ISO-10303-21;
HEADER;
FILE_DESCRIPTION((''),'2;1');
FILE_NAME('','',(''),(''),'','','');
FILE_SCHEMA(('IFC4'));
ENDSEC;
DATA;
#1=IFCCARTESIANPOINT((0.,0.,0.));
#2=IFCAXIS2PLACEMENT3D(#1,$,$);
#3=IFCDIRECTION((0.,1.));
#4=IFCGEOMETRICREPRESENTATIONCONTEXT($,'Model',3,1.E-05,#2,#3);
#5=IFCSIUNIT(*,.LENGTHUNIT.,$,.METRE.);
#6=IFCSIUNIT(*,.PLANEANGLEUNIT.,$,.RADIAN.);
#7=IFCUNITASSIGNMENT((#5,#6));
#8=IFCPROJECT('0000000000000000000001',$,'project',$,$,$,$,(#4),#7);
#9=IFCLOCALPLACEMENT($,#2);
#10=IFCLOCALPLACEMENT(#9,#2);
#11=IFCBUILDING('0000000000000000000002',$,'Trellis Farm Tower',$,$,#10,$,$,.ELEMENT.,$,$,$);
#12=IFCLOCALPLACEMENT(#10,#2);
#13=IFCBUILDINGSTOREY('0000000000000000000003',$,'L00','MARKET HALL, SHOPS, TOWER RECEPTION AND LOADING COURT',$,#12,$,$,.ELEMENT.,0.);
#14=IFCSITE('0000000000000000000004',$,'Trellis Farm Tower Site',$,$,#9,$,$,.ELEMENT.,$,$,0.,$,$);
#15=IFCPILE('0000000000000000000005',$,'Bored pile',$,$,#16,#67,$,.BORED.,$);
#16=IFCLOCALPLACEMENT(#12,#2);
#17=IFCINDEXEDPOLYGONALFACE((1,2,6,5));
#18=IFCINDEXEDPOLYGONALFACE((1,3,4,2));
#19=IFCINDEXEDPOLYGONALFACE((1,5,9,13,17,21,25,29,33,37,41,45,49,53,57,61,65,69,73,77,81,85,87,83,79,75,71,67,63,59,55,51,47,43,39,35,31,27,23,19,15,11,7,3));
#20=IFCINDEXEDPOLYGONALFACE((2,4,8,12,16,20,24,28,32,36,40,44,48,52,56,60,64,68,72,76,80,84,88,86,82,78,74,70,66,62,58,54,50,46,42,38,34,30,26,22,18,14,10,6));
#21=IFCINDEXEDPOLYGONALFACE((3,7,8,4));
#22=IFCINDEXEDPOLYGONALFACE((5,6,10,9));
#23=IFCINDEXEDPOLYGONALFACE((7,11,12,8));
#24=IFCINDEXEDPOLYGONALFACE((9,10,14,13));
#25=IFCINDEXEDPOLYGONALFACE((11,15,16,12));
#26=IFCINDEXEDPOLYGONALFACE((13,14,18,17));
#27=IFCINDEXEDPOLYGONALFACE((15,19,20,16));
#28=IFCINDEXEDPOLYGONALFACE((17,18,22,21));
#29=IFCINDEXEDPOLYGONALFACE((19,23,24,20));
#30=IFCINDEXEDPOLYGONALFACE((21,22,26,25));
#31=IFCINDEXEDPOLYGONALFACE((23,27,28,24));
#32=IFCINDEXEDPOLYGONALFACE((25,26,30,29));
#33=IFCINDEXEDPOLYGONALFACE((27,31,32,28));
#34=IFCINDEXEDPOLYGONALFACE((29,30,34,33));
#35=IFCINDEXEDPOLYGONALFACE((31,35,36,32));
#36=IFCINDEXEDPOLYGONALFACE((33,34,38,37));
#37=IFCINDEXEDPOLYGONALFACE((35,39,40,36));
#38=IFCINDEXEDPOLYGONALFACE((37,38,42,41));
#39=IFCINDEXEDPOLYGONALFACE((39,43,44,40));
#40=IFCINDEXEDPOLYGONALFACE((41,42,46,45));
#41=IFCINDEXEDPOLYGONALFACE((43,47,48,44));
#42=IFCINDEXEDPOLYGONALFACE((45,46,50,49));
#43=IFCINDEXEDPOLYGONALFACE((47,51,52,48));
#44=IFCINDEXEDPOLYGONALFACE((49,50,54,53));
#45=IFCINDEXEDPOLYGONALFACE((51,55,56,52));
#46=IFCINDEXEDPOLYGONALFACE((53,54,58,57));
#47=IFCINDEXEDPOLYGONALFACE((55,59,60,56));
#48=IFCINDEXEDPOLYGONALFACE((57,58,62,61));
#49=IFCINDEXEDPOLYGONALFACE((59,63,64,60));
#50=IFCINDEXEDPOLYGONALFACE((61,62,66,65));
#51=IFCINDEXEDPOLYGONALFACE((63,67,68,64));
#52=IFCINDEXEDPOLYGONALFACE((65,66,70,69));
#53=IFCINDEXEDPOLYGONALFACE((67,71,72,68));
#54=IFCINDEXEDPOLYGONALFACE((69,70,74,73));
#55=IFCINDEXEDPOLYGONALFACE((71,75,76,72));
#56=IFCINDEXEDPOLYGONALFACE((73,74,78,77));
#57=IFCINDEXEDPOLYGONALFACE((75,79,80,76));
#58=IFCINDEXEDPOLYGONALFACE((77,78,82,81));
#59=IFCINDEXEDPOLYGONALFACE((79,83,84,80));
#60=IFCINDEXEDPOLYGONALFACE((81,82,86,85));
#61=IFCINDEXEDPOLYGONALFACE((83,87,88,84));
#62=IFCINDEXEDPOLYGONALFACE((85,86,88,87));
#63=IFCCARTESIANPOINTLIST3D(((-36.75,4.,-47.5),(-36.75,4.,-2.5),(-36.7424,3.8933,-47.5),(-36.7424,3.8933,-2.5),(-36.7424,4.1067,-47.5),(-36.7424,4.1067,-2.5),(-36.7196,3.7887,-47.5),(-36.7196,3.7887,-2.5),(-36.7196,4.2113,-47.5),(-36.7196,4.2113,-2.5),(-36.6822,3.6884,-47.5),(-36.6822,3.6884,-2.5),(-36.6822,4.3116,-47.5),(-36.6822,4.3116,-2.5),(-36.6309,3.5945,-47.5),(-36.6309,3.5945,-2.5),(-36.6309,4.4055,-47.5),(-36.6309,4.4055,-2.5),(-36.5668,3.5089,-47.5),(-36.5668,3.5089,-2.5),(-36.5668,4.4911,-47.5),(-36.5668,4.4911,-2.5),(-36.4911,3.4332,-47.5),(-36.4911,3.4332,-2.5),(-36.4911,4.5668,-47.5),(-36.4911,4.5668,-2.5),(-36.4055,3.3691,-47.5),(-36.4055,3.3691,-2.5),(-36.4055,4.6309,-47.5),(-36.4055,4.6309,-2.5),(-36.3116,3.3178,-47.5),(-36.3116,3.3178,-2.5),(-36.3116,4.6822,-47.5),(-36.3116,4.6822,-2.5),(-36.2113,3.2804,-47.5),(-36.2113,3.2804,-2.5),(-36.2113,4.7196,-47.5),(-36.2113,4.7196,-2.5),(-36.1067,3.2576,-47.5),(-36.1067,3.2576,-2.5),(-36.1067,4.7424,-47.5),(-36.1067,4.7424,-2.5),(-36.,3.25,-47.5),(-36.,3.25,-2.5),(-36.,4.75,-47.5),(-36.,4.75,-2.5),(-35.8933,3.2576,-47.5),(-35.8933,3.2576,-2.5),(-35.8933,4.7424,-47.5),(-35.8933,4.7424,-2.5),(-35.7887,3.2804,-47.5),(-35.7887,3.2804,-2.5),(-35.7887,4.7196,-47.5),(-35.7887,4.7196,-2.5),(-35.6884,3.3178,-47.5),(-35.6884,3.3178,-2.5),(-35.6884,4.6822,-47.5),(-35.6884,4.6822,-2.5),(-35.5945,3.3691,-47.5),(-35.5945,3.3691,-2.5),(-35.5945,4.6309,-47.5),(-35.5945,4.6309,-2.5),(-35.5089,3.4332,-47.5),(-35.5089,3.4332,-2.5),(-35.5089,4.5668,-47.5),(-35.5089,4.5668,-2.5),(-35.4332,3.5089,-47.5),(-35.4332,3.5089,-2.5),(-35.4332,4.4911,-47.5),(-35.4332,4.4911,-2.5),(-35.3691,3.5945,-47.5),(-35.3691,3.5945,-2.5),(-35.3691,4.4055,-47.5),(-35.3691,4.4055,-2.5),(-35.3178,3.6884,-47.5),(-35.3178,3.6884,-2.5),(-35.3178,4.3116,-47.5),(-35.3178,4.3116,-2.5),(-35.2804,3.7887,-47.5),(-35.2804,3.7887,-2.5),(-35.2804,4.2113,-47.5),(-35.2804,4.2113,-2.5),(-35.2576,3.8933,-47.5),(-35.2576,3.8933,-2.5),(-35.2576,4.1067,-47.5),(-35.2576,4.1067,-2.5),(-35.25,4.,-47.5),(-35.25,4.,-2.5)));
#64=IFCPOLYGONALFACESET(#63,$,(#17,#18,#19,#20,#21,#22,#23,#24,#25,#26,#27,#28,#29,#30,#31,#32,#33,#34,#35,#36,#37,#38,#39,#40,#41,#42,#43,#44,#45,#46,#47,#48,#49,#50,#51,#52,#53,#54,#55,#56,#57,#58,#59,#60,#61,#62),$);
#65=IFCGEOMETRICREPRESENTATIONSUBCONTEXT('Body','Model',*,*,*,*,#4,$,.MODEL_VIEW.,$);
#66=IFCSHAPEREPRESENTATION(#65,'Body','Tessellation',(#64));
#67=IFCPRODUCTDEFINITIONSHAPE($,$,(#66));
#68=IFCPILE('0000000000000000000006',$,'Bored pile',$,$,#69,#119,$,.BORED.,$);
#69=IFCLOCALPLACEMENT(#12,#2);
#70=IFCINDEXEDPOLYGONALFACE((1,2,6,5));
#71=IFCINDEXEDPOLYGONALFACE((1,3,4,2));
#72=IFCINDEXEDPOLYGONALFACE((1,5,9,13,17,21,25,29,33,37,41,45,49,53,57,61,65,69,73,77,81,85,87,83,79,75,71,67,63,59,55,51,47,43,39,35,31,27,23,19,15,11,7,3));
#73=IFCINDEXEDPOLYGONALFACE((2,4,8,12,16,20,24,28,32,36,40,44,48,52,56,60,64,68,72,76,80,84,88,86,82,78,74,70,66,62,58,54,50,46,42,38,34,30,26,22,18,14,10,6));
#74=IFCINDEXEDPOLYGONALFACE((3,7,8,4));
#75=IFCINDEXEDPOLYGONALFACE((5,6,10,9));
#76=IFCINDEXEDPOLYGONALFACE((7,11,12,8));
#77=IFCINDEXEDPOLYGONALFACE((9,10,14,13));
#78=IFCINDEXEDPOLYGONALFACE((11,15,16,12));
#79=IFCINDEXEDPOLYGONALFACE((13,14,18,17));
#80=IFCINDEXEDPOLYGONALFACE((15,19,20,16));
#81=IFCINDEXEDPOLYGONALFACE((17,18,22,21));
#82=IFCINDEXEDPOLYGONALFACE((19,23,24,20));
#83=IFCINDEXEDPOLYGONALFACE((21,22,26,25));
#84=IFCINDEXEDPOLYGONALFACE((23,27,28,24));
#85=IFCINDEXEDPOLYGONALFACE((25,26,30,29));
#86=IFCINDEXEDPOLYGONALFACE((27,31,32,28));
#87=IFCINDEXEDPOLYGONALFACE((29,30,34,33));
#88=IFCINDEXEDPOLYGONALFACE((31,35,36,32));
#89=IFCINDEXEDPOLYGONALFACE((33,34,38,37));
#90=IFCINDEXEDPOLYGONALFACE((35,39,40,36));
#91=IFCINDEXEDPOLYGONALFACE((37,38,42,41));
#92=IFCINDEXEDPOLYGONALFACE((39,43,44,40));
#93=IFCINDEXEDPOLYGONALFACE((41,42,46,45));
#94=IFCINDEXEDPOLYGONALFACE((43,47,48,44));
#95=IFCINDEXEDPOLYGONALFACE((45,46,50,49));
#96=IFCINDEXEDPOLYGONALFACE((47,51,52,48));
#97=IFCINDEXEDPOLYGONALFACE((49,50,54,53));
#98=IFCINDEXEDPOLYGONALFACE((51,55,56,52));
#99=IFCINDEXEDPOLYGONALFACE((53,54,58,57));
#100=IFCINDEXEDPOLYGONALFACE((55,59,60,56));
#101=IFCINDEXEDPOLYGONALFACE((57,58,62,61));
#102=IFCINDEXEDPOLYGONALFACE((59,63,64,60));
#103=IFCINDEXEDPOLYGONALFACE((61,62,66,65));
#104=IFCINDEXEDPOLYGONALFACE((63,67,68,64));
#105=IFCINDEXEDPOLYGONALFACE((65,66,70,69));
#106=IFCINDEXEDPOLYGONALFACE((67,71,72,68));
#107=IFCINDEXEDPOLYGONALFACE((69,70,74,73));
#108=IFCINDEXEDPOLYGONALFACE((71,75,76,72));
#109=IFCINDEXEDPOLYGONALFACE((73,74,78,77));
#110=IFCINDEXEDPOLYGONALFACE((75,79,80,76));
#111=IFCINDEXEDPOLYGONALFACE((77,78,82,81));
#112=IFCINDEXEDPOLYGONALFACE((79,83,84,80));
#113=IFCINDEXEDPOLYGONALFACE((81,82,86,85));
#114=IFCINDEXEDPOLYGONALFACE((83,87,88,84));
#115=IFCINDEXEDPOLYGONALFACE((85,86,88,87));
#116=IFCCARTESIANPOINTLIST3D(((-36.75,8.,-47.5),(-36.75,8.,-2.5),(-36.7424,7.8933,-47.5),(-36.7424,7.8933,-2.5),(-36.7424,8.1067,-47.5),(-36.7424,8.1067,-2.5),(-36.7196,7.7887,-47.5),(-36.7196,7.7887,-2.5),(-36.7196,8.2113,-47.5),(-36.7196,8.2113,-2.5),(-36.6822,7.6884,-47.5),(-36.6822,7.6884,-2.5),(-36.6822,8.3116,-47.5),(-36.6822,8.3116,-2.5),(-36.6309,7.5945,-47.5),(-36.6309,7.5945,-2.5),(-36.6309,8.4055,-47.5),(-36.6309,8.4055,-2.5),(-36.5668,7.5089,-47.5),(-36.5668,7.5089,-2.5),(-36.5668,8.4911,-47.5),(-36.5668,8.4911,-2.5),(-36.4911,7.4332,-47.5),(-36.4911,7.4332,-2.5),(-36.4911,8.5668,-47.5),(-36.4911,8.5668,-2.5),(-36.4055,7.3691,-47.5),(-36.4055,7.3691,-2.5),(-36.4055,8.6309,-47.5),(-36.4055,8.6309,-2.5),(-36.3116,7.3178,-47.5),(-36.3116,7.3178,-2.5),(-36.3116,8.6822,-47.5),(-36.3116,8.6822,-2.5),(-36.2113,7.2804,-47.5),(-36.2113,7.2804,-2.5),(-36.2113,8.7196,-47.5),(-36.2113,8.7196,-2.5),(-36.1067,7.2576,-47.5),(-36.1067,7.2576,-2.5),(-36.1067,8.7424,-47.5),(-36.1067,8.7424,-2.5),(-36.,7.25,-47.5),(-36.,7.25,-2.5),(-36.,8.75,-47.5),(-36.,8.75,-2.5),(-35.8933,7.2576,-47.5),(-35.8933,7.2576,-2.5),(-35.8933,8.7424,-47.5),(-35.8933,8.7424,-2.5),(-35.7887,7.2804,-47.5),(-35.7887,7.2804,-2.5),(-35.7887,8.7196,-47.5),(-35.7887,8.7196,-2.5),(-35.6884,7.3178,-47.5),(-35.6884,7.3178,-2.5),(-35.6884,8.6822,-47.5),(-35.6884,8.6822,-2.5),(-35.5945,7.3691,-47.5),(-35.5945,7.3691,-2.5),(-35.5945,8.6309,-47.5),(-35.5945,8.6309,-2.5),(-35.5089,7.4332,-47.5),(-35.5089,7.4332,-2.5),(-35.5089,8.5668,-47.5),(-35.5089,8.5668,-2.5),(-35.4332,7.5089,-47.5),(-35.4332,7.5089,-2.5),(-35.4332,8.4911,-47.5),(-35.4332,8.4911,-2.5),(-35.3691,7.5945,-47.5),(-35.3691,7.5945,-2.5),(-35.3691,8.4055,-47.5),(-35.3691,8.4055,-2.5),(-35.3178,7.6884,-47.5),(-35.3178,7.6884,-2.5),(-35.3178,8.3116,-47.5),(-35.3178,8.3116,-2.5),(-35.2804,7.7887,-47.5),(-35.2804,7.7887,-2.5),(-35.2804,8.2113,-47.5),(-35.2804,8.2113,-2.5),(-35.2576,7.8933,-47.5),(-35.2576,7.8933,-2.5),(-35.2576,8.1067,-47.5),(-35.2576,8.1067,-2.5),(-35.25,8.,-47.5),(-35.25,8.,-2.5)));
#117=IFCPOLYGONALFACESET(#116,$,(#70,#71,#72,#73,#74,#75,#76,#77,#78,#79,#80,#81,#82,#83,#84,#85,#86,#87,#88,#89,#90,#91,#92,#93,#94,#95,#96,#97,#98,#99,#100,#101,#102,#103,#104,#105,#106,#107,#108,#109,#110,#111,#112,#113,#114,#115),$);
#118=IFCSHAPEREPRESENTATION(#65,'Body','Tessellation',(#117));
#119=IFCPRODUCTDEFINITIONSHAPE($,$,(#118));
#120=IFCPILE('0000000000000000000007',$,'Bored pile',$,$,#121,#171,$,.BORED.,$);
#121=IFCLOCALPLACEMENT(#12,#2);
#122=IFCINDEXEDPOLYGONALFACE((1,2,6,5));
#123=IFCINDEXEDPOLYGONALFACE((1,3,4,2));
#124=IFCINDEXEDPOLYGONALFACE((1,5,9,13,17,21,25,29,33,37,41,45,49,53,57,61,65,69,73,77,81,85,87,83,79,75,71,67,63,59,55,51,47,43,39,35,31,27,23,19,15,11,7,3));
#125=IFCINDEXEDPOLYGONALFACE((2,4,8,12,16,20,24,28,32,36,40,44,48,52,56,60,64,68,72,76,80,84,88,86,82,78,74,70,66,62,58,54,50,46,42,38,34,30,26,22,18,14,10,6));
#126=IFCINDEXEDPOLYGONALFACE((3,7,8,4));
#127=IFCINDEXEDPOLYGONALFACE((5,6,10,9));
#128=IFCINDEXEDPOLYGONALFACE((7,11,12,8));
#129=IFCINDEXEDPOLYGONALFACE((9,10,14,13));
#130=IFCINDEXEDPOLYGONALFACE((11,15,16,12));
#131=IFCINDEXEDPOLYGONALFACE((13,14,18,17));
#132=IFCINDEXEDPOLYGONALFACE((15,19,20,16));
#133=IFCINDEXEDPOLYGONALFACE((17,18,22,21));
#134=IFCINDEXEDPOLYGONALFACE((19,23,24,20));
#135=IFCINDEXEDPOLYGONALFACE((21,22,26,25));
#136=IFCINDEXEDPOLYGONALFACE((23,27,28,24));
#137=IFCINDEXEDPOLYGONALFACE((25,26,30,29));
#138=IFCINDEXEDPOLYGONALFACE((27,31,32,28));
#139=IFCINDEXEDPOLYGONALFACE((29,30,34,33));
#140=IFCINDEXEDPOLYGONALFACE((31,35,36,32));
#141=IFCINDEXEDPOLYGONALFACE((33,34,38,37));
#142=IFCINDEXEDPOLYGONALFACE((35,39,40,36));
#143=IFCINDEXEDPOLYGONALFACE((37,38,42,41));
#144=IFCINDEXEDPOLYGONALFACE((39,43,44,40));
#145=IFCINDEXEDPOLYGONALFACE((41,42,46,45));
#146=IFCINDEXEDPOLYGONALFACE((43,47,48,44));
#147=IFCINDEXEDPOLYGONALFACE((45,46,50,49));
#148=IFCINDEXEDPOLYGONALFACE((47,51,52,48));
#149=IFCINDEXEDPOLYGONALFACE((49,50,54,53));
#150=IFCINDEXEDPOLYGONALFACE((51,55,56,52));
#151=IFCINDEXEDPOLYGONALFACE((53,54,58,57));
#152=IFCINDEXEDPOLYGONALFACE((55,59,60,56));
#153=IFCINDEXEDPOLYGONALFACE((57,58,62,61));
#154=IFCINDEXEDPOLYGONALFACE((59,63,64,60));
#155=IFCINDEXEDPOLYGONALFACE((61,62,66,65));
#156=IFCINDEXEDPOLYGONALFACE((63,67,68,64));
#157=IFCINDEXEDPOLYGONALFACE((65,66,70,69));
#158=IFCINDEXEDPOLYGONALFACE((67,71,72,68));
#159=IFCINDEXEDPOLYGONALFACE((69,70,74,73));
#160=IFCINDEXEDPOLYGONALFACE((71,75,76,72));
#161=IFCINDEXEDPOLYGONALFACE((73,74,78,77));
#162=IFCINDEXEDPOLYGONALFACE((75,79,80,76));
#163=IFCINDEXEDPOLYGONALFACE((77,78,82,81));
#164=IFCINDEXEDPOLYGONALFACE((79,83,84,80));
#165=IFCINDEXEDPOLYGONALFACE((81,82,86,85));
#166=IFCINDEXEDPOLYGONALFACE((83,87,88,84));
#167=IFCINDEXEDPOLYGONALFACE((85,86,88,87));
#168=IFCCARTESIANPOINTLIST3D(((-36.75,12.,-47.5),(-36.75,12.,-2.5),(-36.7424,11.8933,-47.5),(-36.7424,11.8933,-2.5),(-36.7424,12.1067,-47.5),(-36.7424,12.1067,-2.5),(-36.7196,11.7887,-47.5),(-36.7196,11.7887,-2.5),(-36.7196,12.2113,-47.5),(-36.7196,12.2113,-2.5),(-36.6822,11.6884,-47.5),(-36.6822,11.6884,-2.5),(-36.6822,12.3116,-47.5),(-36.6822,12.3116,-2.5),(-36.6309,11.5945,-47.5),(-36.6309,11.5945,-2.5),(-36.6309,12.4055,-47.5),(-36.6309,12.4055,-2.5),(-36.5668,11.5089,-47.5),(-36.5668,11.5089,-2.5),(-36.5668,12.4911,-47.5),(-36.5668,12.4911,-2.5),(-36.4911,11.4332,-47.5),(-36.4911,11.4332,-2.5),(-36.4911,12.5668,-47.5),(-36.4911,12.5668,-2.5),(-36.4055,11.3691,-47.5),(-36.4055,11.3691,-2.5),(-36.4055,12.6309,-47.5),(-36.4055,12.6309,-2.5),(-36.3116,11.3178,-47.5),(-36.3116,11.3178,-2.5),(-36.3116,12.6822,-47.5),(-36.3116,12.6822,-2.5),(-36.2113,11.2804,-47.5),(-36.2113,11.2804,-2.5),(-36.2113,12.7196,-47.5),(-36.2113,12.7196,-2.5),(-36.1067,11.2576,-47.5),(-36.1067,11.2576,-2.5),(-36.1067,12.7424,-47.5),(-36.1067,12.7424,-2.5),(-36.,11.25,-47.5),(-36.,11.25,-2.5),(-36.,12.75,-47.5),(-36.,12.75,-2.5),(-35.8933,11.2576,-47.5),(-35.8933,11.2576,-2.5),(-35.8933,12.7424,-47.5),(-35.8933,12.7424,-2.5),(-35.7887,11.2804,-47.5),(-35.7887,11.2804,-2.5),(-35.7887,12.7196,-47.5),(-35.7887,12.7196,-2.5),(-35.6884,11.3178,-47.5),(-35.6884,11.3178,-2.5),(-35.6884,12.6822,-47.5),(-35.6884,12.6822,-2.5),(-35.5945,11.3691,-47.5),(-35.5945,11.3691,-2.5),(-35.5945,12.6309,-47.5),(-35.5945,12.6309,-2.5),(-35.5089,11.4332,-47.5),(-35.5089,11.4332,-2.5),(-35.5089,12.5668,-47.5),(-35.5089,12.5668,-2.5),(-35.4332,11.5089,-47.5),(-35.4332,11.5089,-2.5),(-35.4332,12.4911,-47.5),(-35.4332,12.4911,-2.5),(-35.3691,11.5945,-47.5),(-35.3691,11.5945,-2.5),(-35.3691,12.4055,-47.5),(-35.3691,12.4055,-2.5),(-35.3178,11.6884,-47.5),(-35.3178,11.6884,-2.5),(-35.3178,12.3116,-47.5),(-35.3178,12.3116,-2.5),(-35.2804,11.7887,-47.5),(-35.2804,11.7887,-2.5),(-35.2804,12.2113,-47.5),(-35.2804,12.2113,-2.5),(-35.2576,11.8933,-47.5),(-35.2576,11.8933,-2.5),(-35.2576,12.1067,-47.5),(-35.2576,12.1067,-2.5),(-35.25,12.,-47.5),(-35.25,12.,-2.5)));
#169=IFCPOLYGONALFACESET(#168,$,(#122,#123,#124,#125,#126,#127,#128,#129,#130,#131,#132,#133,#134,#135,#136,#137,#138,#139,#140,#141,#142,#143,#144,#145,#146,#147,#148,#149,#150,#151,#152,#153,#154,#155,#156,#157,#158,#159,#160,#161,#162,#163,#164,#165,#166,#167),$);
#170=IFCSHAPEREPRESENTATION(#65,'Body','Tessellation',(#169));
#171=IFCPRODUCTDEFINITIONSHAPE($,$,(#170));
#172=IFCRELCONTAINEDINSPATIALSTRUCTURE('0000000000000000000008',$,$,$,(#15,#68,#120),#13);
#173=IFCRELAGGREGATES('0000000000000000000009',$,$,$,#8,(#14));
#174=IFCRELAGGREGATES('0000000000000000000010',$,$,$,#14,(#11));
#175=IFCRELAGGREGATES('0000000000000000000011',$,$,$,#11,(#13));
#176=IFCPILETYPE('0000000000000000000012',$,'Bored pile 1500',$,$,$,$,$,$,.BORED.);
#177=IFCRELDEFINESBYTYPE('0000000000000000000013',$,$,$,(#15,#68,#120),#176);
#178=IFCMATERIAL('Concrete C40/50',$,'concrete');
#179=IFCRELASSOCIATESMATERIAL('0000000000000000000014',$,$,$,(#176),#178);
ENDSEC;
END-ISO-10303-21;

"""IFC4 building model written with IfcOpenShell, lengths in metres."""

from ifc_helpers import new_model, si_unit, direction, frame, origin, origin_2d, place, context, subcontext, project, spatial, circle, extrude, source, transform, mapped, material, material_profile, profile_set, type_object, element, save


model = new_model("IFC4")

# Units and contexts
model_context = context("Model", 3, precision=1e-05, world=origin(), true_north=direction((0.0, 1.0)))
body_context = subcontext(model_context, "Body", "Model", "MODEL_VIEW")
ifc_project = project(units=[si_unit("LENGTHUNIT", "METRE"), si_unit("PLANEANGLEUNIT", "RADIAN")], contexts=[model_context])

# Site, building, storey
site_placement = place(None, origin())
site = spatial("IfcSite", under=ifc_project, at=site_placement, Name="Trellis Farm Tower Site", CompositionType="ELEMENT", RefElevation=0.0)
building_placement = place(site_placement, origin())
building = spatial("IfcBuilding", under=site, at=building_placement, Name="Trellis Farm Tower", CompositionType="ELEMENT")
storey_placement = place(building_placement, origin())
storey = spatial("IfcBuildingStorey", under=building, at=storey_placement, Name="L00", Description="MARKET HALL, SHOPS, TOWER RECEPTION AND LOADING COURT", CompositionType="ELEMENT", Elevation=0.0)

# Piles
ifc_material_1 = material(Name="Concrete C40/50", Category="concrete")
ifc_material_profile_1 = material_profile(ifc_material_1, circle(Radius=0.75, at=origin_2d()), Name="Bored pile 1500")
ifc_profile_set_1 = profile_set([ifc_material_profile_1], Name="Concrete C40/50")
pile_type = type_object("IfcPileType", Name="Bored pile 1500", PredefinedType="BORED", material=ifc_profile_set_1)
shared_shape_1 = source(origin(), body_context, "Body", "SweptSolid", [
    extrude(circle(Radius=0.75, at=origin_2d()), origin(), (0.0, 0.0, 1.0), 45.0),
])
for number, where, z_axis, x_axis, name in (
    (1, (-36.0, 4.0, -2.5), (0.0, 0.0, -1.0), (1.0, 0.0, 0.0), "Bored pile"),
    (2, (-36.0, 8.0, -2.5), (0.0, 0.0, -1.0), (1.0, 0.0, 0.0), "Bored pile"),
    (3, (-36.0, 12.0, -2.5), (0.0, 0.0, -1.0), (1.0, 0.0, 0.0), "Bored pile"),
):
    element("IfcPile", number, at=place(storey_placement, frame(where, z_axis=z_axis, x_axis=x_axis)), inside=storey, type_object=pile_type, Name=name, PredefinedType="BORED", context=body_context, shape_type="MappedRepresentation", body=[
        mapped(shared_shape_1, transform((0.0, 0.0, 0.0))),
    ])

save(model, "model.ifc")
